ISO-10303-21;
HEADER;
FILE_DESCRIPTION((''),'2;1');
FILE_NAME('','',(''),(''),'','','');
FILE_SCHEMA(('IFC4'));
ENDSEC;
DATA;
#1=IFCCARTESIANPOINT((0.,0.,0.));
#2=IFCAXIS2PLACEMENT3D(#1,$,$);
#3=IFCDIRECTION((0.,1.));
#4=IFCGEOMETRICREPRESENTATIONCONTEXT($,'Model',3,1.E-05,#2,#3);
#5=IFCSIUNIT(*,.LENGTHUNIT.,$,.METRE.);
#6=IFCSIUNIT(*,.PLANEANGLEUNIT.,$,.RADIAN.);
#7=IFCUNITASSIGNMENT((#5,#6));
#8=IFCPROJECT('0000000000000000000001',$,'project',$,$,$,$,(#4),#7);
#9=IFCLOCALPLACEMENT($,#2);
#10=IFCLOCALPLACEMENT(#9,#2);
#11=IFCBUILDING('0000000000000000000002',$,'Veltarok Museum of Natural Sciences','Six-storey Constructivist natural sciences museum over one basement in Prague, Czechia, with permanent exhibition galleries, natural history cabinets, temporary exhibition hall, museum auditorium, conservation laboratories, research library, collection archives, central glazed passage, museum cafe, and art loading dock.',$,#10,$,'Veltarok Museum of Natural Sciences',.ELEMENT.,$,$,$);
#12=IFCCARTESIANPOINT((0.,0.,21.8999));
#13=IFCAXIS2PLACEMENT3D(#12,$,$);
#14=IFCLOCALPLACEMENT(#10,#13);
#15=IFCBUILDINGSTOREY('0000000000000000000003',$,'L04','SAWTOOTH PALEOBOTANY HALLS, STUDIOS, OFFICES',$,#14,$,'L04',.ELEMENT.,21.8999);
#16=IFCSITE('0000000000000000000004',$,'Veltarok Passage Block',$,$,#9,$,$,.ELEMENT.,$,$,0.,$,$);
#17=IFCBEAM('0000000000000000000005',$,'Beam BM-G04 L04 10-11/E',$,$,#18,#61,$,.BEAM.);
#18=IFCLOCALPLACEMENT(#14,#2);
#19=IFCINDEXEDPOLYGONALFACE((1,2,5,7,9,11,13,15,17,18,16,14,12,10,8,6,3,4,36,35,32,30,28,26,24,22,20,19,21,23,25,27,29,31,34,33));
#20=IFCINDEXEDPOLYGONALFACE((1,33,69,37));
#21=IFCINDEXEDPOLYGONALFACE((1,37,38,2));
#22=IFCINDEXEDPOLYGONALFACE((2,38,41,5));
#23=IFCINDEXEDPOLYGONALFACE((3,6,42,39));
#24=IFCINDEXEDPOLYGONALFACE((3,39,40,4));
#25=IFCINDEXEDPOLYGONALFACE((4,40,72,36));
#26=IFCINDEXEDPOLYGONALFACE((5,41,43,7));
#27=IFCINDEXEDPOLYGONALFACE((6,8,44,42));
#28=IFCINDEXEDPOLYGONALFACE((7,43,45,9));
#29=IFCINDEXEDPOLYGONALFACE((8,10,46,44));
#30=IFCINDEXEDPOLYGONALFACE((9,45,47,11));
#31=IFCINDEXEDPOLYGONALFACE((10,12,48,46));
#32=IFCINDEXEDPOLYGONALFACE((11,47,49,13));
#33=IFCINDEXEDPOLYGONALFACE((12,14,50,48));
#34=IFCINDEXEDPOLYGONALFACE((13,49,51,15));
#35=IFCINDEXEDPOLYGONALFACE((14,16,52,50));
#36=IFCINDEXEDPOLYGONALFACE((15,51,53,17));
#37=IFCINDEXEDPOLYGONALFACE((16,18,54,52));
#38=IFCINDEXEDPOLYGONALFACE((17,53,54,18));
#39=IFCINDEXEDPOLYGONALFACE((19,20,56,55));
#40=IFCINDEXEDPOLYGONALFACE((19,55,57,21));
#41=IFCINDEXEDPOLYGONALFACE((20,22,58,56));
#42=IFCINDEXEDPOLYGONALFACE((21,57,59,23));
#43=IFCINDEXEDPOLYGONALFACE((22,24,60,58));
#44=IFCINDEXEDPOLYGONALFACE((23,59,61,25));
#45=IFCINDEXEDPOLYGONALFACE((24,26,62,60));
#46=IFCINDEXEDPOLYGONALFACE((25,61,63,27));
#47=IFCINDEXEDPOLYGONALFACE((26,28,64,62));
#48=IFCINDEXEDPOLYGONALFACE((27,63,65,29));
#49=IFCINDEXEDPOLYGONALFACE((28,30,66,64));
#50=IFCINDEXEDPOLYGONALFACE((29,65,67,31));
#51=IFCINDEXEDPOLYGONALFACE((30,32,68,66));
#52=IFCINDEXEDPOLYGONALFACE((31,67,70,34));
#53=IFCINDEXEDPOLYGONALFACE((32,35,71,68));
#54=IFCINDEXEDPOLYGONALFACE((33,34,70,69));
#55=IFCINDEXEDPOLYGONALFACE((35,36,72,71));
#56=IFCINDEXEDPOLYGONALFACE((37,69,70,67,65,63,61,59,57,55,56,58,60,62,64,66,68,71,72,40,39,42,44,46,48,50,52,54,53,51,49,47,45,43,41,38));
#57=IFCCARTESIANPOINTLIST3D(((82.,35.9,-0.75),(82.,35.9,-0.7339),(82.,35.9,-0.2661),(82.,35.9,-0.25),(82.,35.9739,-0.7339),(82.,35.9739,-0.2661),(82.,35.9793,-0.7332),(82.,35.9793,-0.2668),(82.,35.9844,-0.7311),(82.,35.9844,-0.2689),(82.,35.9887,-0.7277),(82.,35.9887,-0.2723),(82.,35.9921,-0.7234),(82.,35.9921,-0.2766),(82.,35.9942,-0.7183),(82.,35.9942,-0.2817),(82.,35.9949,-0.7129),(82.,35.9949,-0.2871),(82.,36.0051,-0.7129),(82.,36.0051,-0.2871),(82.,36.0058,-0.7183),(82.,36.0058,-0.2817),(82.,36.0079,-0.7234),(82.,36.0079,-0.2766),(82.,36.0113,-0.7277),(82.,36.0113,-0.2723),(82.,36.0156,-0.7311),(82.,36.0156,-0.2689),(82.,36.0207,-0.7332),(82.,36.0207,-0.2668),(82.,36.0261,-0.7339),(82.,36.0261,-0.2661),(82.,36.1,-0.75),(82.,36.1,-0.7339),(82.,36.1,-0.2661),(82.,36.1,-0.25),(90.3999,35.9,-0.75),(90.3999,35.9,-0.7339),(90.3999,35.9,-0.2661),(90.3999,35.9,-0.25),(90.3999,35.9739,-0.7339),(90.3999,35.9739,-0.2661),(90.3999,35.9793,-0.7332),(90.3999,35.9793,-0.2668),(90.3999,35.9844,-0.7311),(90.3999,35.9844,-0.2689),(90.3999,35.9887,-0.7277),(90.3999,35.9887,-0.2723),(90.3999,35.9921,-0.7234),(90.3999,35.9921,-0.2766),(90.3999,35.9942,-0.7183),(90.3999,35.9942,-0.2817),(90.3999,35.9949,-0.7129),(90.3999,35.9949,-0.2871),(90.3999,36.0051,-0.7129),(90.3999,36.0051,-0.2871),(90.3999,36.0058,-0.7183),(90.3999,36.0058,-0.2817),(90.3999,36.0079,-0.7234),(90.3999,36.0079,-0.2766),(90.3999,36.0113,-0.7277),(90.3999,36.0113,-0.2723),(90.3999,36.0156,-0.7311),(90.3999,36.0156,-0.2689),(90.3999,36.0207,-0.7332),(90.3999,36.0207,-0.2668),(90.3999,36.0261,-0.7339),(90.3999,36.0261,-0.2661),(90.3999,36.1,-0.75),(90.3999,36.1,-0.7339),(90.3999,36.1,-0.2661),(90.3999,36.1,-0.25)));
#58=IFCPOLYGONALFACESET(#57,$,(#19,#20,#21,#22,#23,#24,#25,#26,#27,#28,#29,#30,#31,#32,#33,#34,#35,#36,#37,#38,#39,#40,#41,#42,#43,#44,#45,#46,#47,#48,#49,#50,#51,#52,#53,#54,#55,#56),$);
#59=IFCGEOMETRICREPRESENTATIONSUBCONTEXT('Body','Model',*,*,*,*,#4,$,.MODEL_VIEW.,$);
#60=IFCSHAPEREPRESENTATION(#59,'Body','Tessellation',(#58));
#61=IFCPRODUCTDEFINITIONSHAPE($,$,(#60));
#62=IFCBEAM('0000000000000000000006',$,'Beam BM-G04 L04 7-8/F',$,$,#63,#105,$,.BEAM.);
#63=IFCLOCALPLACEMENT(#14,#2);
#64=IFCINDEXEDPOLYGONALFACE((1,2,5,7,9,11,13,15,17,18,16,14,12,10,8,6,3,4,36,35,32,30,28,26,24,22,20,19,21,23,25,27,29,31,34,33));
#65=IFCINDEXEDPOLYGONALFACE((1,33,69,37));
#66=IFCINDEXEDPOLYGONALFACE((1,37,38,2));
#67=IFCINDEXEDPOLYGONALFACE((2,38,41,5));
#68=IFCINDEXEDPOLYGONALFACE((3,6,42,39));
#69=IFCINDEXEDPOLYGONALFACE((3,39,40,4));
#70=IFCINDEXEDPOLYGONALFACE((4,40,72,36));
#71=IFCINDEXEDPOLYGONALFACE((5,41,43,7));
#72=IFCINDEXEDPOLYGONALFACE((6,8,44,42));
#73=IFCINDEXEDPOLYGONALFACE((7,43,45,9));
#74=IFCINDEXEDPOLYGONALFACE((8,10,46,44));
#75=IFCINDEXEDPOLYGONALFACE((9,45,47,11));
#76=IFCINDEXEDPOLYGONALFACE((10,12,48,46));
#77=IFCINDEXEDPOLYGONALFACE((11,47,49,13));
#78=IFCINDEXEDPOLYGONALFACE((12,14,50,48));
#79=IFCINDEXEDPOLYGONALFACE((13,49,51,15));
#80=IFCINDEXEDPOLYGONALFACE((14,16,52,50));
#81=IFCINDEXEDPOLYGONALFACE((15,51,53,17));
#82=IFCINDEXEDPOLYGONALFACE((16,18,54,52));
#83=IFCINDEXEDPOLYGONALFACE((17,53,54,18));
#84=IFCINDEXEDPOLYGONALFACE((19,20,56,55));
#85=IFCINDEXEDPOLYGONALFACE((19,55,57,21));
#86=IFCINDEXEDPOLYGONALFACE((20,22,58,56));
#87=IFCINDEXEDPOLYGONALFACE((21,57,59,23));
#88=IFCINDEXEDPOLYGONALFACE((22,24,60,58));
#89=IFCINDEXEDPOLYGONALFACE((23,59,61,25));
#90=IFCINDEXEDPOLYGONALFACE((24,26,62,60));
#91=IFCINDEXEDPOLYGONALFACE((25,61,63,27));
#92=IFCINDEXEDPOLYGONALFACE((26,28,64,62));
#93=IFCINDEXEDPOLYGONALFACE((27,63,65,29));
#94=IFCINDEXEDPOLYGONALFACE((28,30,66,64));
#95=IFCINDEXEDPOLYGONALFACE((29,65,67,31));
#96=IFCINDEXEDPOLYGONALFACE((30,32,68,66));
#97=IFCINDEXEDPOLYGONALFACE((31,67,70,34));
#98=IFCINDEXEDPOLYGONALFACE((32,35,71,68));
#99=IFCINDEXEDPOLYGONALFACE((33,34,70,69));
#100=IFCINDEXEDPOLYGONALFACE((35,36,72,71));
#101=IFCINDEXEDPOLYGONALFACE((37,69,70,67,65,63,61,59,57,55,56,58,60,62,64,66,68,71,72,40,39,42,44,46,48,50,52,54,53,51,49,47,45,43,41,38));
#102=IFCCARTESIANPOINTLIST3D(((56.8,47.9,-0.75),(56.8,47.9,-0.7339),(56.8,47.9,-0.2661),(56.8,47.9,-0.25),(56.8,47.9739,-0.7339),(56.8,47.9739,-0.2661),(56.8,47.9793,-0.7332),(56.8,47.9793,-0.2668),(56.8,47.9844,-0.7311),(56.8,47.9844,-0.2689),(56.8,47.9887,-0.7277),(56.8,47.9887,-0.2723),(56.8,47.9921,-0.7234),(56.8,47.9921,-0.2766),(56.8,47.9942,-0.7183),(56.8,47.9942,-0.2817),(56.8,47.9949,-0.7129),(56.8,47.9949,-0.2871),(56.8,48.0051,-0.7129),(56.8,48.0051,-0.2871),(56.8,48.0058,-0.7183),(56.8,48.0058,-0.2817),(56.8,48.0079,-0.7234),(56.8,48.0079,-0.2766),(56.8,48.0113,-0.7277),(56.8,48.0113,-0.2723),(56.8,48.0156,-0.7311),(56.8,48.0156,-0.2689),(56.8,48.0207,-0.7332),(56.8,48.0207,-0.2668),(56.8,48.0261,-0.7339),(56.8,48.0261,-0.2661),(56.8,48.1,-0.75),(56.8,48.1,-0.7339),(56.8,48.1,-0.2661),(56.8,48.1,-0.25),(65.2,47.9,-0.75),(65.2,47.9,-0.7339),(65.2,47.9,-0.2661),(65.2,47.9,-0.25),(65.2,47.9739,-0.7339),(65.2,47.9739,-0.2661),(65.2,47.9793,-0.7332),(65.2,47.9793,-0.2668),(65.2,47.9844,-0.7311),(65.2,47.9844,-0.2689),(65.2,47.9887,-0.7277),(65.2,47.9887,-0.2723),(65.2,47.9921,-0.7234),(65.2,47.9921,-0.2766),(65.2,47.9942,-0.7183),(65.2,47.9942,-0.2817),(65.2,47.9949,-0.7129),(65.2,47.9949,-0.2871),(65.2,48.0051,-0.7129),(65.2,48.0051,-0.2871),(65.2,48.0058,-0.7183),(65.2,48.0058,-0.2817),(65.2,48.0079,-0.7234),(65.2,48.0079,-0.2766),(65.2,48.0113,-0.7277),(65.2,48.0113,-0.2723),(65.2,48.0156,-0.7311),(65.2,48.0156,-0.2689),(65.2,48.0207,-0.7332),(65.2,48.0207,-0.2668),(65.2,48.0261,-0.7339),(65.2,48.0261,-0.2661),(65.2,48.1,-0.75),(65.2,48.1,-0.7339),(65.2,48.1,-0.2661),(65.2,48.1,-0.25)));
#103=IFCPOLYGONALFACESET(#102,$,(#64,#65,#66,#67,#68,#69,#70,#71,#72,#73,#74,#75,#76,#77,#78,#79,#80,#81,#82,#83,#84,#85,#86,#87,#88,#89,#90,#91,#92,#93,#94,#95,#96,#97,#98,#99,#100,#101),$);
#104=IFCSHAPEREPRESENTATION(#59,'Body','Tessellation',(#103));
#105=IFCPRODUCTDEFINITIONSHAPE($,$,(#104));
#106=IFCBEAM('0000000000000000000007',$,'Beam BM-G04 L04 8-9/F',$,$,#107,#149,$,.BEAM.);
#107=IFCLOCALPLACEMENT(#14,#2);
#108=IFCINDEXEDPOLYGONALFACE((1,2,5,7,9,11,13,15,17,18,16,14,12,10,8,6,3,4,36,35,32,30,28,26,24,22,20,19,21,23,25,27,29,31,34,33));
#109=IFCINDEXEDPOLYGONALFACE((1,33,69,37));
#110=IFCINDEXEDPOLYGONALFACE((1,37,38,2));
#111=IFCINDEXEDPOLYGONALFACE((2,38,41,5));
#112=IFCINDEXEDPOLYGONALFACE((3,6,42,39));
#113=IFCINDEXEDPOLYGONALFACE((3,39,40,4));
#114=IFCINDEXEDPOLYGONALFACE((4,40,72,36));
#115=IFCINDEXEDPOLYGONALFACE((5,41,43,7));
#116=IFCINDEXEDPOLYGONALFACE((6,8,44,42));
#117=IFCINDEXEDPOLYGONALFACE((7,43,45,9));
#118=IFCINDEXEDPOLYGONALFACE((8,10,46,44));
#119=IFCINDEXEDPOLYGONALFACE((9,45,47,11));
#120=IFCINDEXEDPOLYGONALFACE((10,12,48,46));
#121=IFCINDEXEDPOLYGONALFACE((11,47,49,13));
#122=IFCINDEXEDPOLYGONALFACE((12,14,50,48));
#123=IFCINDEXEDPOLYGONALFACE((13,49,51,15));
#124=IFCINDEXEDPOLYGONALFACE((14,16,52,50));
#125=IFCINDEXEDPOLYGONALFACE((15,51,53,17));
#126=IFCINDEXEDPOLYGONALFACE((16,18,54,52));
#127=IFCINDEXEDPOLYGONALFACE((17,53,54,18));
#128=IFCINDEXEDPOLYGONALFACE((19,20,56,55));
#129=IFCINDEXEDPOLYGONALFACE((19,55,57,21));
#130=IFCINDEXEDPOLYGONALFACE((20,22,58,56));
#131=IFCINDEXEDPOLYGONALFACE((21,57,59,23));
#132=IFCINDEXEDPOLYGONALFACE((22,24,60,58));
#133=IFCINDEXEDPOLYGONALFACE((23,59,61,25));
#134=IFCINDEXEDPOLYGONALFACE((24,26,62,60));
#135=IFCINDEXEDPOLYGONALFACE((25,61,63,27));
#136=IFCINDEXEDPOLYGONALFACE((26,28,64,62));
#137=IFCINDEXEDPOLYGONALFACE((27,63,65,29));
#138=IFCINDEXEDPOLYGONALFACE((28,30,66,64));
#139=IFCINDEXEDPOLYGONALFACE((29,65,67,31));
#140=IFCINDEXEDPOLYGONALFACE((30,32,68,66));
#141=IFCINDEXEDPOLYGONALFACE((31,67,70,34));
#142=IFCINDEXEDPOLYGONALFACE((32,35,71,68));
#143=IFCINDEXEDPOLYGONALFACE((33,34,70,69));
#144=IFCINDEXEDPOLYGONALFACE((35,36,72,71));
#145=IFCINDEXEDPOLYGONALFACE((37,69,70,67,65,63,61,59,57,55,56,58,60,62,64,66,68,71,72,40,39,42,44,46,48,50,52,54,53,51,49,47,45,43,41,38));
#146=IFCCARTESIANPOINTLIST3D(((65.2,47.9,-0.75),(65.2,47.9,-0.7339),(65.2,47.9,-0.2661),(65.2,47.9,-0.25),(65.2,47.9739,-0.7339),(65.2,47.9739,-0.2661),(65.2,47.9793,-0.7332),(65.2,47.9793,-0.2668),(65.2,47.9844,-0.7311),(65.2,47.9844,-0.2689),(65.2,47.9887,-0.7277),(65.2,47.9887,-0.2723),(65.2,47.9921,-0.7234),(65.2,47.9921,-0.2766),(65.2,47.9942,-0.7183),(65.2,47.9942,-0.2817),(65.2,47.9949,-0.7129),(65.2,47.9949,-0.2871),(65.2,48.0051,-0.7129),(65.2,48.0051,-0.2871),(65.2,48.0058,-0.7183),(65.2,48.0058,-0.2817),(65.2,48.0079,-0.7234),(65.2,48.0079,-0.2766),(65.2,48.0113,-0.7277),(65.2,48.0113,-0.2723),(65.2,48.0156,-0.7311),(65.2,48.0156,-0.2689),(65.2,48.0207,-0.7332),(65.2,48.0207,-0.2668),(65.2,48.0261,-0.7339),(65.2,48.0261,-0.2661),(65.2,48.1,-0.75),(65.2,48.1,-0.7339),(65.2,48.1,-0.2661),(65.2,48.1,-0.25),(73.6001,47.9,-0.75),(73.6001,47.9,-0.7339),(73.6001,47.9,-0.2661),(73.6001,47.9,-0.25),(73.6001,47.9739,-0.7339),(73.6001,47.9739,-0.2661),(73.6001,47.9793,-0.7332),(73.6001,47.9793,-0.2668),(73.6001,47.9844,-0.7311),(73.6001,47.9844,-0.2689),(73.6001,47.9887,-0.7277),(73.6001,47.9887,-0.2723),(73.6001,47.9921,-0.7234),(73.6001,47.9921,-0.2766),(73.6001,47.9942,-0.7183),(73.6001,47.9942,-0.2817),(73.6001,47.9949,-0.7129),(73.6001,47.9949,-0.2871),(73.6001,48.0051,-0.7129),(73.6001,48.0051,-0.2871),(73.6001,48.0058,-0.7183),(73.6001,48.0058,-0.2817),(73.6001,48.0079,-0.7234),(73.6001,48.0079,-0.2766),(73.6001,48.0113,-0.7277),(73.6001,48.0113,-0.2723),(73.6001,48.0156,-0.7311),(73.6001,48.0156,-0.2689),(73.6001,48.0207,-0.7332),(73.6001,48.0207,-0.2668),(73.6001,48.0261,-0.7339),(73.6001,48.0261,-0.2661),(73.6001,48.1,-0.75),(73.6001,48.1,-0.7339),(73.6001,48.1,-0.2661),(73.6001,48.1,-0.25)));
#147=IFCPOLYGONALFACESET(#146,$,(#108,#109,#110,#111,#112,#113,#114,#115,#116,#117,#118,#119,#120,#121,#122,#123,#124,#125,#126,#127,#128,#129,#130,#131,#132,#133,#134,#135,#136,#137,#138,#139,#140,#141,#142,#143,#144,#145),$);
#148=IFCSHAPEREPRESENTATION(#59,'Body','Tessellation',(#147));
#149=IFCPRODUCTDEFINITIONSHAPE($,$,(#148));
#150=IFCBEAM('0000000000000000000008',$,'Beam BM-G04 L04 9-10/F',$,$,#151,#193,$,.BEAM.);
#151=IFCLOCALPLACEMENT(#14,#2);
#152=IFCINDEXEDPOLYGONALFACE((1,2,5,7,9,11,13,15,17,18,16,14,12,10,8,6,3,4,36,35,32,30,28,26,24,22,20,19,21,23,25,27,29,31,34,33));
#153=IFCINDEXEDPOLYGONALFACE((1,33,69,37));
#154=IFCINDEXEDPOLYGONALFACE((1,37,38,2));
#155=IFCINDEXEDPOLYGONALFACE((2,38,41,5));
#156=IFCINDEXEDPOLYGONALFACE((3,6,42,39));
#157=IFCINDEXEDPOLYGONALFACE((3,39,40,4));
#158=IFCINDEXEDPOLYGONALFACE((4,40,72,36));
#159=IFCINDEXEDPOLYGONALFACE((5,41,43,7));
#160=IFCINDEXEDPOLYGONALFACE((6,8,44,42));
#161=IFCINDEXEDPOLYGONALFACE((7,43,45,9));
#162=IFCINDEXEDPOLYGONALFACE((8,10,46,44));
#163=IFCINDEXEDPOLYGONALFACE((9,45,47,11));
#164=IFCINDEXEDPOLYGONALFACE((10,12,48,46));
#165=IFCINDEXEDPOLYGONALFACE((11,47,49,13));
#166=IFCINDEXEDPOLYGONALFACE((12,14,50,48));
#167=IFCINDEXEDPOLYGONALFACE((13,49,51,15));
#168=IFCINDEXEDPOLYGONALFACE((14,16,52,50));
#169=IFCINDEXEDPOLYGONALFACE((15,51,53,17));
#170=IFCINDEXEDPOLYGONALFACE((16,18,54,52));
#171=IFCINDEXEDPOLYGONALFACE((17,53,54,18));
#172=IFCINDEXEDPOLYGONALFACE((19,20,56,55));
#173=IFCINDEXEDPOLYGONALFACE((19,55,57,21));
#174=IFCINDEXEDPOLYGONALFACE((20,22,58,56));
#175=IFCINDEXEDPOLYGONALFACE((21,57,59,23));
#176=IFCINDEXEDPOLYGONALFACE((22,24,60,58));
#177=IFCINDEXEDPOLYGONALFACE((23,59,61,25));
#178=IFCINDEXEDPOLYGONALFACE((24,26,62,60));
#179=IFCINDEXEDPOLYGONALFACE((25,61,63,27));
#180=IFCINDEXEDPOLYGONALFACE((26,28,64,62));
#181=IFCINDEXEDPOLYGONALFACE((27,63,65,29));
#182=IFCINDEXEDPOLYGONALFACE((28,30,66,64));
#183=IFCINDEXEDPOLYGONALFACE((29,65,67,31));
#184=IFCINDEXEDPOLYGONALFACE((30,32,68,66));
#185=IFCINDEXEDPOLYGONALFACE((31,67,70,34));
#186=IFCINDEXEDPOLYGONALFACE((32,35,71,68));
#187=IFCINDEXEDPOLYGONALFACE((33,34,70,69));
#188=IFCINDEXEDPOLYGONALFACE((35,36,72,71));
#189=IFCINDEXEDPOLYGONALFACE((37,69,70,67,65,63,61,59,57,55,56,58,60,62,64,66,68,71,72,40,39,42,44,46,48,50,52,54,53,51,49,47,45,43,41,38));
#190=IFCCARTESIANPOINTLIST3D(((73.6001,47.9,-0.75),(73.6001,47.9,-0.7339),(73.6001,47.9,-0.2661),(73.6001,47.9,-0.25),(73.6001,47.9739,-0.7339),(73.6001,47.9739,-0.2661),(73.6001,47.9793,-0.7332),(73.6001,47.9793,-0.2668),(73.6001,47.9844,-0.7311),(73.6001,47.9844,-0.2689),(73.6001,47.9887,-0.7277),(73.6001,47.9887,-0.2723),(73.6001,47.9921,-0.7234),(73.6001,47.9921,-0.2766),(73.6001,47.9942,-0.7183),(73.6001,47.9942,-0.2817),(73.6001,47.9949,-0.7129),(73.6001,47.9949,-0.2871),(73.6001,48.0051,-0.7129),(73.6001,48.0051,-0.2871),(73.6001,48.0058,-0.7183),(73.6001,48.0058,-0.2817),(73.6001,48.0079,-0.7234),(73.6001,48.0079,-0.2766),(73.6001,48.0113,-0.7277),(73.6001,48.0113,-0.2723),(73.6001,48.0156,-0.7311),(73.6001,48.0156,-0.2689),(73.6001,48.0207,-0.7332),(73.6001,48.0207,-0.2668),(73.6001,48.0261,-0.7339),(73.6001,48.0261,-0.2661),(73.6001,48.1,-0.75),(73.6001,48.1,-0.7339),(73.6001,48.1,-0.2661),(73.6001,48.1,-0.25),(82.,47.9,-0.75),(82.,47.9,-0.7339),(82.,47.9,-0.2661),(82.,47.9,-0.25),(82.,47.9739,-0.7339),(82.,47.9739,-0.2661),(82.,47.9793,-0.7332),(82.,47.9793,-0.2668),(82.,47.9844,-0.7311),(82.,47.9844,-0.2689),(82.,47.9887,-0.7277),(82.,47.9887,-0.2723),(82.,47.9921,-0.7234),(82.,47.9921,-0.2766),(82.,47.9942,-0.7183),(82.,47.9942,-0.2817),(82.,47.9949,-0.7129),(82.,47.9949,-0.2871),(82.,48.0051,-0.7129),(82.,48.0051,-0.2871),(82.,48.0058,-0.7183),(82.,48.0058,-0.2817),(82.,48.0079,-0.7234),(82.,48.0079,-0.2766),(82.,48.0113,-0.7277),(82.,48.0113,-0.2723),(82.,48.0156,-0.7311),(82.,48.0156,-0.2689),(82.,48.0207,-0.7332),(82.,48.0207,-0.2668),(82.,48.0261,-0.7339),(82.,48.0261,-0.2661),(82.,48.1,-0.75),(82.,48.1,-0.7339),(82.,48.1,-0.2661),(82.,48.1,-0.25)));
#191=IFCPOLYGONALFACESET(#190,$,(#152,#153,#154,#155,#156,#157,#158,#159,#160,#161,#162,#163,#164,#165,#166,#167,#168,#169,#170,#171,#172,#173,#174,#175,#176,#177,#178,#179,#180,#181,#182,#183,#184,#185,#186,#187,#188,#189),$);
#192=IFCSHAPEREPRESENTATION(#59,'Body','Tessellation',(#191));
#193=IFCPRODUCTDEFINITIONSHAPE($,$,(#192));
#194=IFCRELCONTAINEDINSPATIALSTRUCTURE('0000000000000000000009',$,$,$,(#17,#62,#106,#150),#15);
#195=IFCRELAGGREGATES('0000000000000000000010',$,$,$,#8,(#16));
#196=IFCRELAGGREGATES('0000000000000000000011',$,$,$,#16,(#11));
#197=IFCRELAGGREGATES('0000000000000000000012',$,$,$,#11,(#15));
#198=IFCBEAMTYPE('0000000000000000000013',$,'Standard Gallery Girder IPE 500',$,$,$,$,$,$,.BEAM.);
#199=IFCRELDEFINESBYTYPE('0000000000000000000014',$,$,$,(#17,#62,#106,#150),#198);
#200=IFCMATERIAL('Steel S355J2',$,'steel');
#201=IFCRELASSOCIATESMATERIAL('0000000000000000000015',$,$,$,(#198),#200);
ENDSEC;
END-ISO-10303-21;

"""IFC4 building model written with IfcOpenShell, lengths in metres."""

from ifc_helpers import new_model, si_unit, direction, frame, origin, origin_2d, place, context, subcontext, project, spatial, i_section, extrude, material, material_profile, profile_set, type_object, element, save


model = new_model("IFC4")

# Units and contexts
model_context = context("Model", 3, precision=1e-05, world=origin(), true_north=direction((0.0, 1.0)))
body_context = subcontext(model_context, "Body", "Model", "MODEL_VIEW")
ifc_project = project(units=[si_unit("LENGTHUNIT", "METRE"), si_unit("PLANEANGLEUNIT", "RADIAN")], contexts=[model_context])

# Site, building, storey
site_placement = place(None, origin())
site = spatial("IfcSite", under=ifc_project, at=site_placement, Name="Veltarok Passage Block", CompositionType="ELEMENT", RefElevation=0.0)
building_placement = place(site_placement, origin())
building = spatial("IfcBuilding", under=site, at=building_placement, Name="Veltarok Museum of Natural Sciences", Description="Six-storey Constructivist natural sciences museum over one basement in Prague, Czechia, with permanent exhibition galleries, natural history cabinets, temporary exhibition hall, museum auditorium, conservation laboratories, research library, collection archives, central glazed passage, museum cafe, and art loading dock.", LongName="Veltarok Museum of Natural Sciences", CompositionType="ELEMENT")
storey_placement = place(building_placement, frame((0.0, 0.0, 21.8999)))
storey = spatial("IfcBuildingStorey", under=building, at=storey_placement, Name="L04", Description="SAWTOOTH PALEOBOTANY HALLS, STUDIOS, OFFICES", LongName="L04", CompositionType="ELEMENT", Elevation=21.8999)

# Shared definitions
ifc_material = material(Name="Steel S355J2", Category="steel")

# Beams
ifc_material_profile_1 = material_profile(ifc_material, i_section(OverallWidth=0.2, OverallDepth=0.5, WebThickness=0.0103, FlangeThickness=0.0161, FilletRadius=0.021, at=origin_2d()), Name="IPE 500")
ifc_profile_set_1 = profile_set([ifc_material_profile_1], Name="Steel S355J2")
beam_type_1 = type_object("IfcBeamType", Name="Standard Gallery Girder IPE 500", PredefinedType="BEAM", material=ifc_profile_set_1)
for number, where, z_axis, x_axis, name in (
    (1, (82.0, 36.0, -0.5), (1.0, 0.0, 0.0), (0.0, 1.0, 0.0), "Beam BM-G04 L04 10-11/E"),
    (2, (56.8, 48.0, -0.5), (1.0, 0.0, 0.0), (0.0, 1.0, 0.0), "Beam BM-G04 L04 7-8/F"),
):
    element("IfcBeam", number, at=place(storey_placement, frame(where, z_axis=z_axis, x_axis=x_axis)), inside=storey, type_object=beam_type_1, Name=name, PredefinedType="BEAM", context=body_context, shape_type="SweptSolid", body=[
        extrude(i_section(OverallWidth=0.2, OverallDepth=0.5, WebThickness=0.0103, FlangeThickness=0.0161, FilletRadius=0.021, at=origin_2d()), origin(), (0.0, 0.0, 1.0), 8.3999),
    ])
beam_1_placement = place(storey_placement, frame((65.2, 48.0, -0.5), z_axis=(1.0, 0.0, 0.0), x_axis=(0.0, 1.0, 0.0)))
element("IfcBeam", 3, at=beam_1_placement, inside=storey, type_object=beam_type_1, Name="Beam BM-G04 L04 8-9/F", PredefinedType="BEAM", context=body_context, shape_type="SweptSolid", body=[
    extrude(i_section(OverallWidth=0.2, OverallDepth=0.5, WebThickness=0.0103, FlangeThickness=0.0161, FilletRadius=0.021, at=origin_2d()), origin(), (0.0, 0.0, 1.0), 8.4001),
])
for number, where, z_axis, x_axis, name in (
    (4, (73.6001, 48.0, -0.5), (1.0, 0.0, 0.0), (0.0, 1.0, 0.0), "Beam BM-G04 L04 9-10/F"),
):
    element("IfcBeam", number, at=place(storey_placement, frame(where, z_axis=z_axis, x_axis=x_axis)), inside=storey, type_object=beam_type_1, Name=name, PredefinedType="BEAM", context=body_context, shape_type="SweptSolid", body=[
        extrude(i_section(OverallWidth=0.2, OverallDepth=0.5, WebThickness=0.0103, FlangeThickness=0.0161, FilletRadius=0.021, at=origin_2d()), origin(), (0.0, 0.0, 1.0), 8.3999),
    ])

save(model, "model.ifc")
